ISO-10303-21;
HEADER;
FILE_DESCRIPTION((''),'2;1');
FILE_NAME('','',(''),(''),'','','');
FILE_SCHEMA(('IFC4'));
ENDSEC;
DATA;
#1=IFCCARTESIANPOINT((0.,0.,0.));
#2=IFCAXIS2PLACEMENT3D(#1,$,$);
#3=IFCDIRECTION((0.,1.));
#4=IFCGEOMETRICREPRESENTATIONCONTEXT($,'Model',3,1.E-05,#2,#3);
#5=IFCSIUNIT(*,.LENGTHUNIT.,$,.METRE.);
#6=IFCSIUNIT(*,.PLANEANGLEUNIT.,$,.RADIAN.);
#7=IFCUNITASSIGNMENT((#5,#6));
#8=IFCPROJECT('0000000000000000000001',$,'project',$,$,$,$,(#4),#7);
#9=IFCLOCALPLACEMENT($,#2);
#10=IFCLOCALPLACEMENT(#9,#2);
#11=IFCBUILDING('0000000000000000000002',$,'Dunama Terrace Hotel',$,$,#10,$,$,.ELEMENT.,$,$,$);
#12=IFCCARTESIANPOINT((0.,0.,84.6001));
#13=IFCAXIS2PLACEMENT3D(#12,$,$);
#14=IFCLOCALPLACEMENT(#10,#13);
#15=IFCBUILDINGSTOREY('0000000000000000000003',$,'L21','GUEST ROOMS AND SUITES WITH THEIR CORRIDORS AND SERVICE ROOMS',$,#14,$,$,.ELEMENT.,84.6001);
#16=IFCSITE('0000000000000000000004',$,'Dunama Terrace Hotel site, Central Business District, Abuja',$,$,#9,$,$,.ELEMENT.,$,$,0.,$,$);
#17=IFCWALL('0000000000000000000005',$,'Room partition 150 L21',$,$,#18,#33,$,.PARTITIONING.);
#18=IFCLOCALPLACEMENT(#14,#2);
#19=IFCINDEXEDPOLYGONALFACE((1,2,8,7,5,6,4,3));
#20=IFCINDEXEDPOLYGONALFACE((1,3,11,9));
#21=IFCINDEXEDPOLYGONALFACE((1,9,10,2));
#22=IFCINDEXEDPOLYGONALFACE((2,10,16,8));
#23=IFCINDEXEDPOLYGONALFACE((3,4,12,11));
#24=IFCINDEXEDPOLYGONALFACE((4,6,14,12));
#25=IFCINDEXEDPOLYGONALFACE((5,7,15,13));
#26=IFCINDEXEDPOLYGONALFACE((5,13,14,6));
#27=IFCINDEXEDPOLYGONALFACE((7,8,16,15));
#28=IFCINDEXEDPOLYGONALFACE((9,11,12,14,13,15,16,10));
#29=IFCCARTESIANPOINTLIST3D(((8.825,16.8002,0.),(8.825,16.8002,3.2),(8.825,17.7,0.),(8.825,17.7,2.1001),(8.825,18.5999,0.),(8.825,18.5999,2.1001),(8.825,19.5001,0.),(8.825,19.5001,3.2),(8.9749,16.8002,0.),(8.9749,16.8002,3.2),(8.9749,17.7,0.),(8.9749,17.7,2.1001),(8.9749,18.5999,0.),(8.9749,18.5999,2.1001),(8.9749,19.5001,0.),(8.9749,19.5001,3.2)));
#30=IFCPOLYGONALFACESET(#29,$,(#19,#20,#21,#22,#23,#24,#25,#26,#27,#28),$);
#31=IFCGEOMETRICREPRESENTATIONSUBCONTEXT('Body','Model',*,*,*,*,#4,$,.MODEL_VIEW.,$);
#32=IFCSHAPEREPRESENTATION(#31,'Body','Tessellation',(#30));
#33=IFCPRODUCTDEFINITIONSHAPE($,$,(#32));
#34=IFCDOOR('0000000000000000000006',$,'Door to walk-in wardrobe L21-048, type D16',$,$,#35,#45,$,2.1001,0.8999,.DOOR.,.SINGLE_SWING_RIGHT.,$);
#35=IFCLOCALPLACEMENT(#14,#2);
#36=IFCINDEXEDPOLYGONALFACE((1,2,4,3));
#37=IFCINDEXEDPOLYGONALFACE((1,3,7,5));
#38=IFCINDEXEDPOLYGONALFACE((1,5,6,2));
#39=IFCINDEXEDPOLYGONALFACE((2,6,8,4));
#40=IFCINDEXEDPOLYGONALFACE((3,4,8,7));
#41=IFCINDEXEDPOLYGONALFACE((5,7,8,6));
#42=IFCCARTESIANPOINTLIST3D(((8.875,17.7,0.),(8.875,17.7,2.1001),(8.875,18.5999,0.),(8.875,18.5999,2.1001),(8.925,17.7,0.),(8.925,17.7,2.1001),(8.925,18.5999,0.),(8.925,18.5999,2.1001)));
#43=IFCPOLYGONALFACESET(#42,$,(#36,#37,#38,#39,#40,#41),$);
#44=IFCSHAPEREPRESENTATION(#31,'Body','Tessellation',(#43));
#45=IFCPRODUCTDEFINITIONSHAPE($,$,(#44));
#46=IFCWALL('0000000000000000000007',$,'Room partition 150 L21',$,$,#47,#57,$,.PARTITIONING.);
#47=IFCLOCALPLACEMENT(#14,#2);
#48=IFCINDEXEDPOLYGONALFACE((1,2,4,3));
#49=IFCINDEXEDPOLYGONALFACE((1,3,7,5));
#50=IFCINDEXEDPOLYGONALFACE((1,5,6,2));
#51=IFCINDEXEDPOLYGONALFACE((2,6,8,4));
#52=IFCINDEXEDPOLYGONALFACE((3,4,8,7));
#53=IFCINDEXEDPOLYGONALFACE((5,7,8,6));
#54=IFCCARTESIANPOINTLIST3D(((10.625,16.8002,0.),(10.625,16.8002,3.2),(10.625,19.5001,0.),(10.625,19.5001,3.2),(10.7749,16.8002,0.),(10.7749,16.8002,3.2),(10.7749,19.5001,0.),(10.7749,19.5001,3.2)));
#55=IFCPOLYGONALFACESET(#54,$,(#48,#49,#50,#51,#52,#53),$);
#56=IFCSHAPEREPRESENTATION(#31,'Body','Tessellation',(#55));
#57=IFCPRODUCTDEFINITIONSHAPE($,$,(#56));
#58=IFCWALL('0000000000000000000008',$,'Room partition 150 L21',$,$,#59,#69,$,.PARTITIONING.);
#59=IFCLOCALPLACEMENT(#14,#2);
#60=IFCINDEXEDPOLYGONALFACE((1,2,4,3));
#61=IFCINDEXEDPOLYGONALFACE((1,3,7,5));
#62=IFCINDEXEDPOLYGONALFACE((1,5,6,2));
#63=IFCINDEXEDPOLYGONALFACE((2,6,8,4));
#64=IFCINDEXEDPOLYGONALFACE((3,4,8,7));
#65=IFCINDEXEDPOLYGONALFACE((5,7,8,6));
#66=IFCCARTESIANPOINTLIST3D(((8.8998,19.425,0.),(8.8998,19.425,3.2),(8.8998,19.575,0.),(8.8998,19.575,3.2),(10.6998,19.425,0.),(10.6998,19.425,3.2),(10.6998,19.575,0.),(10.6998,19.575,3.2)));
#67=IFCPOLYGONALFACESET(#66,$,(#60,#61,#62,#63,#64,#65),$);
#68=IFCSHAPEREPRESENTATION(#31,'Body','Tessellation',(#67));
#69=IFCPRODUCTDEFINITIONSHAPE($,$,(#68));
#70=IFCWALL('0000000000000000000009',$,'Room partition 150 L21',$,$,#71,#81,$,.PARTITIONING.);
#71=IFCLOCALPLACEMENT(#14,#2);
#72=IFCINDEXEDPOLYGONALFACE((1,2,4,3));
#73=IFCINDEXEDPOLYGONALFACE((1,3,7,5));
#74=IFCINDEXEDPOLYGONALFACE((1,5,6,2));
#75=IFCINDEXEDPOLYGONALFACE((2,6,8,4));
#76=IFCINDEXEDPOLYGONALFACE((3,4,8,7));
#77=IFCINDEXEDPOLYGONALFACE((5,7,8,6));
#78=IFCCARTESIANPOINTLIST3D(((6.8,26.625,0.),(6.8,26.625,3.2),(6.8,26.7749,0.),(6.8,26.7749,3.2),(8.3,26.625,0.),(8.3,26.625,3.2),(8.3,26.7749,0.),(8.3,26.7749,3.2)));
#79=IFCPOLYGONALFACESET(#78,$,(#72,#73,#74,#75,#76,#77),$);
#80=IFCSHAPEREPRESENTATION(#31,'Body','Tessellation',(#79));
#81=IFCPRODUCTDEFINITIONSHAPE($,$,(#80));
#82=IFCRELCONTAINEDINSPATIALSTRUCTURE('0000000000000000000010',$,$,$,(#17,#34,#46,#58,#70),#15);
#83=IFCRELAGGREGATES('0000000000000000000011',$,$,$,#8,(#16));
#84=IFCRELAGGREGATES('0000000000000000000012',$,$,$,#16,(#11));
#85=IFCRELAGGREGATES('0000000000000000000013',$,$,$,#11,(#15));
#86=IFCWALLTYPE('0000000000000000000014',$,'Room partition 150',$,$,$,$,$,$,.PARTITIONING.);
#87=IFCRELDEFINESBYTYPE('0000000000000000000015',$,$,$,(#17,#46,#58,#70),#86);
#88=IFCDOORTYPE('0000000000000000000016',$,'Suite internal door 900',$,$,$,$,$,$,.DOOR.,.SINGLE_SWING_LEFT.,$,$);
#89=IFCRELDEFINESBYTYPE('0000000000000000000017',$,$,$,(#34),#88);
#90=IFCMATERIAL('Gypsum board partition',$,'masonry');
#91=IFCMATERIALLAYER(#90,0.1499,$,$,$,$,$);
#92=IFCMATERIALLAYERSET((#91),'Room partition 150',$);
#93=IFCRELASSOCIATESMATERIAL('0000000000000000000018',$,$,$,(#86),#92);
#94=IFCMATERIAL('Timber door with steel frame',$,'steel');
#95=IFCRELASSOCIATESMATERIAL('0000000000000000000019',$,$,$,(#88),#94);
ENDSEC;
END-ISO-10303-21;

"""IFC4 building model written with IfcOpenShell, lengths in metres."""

from ifc_helpers import new_model, si_unit, direction, frame, frame_2d, origin, place, context, subcontext, project, spatial, rectangle, extrude, material, layer, layer_set, type_object, element, fill, save


model = new_model("IFC4")

# Units and contexts
model_context = context("Model", 3, precision=1e-05, world=origin(), true_north=direction((0.0, 1.0)))
body_context = subcontext(model_context, "Body", "Model", "MODEL_VIEW")
ifc_project = project(units=[si_unit("LENGTHUNIT", "METRE"), si_unit("PLANEANGLEUNIT", "RADIAN")], contexts=[model_context])

# Site, building, storey
site_placement = place(None, origin())
site = spatial("IfcSite", under=ifc_project, at=site_placement, Name="Dunama Terrace Hotel site, Central Business District, Abuja", CompositionType="ELEMENT", RefElevation=0.0)
building_placement = place(site_placement, origin())
building = spatial("IfcBuilding", under=site, at=building_placement, Name="Dunama Terrace Hotel", CompositionType="ELEMENT")
storey_placement = place(building_placement, frame((0.0, 0.0, 84.6001)))
storey = spatial("IfcBuildingStorey", under=building, at=storey_placement, Name="L21", Description="GUEST ROOMS AND SUITES WITH THEIR CORRIDORS AND SERVICE ROOMS", CompositionType="ELEMENT", Elevation=84.6001)

# Shared definitions
ifc_material_1 = material(Name="Gypsum board partition", Category="masonry")
ifc_layer_1 = layer(ifc_material_1, 0.1499)
ifc_layer_set_1 = layer_set([ifc_layer_1], Name="Room partition 150")
wall_type_1 = type_object("IfcWallType", Name="Room partition 150", PredefinedType="PARTITIONING", material=ifc_layer_set_1)

# Shared definitions
ifc_material_2 = material(Name="Timber door with steel frame", Category="steel")
door_type_1 = type_object("IfcDoorType", Name="Suite internal door 900", OperationType="SINGLE_SWING_LEFT", PredefinedType="DOOR", material=ifc_material_2)

# Wall, opening, door
wall_1_placement = place(storey_placement, frame((8.8999, 16.8, 0.0), z_axis=(0.0, 0.0, 1.0), x_axis=(0.0, 1.0, 0.0)))
wall_1 = element("IfcWall", 1, at=wall_1_placement, inside=storey, type_object=wall_type_1, Name="Room partition 150 L21", PredefinedType="PARTITIONING", context=body_context, shape_type="SweptSolid", body=[
    extrude(rectangle(XDim=2.7, YDim=0.1499, at=frame_2d((1.3501, 0.0))), origin(), (0.0, 0.0, 1.0), 3.2),
])
opening_1_placement = place(wall_1_placement, frame((0.8999, 0.0, 0.0)))
opening_1 = element("IfcOpeningElement", 2, at=opening_1_placement, cuts=wall_1, PredefinedType="OPENING", context=body_context, shape_type="SweptSolid", body=[
    extrude(rectangle(XDim=0.8999, YDim=2.1001, at=frame_2d((0.45, 1.05))), frame((0.0, 0.085, 0.0), z_axis=(0.0, -1.0, 0.0), x_axis=(1.0, 0.0, 0.0)), (0.0, 0.0, 1.0), 0.1699),
])
door_1_placement = place(opening_1_placement, frame((0.8999, 0.0, 0.0), z_axis=(0.0, 0.0, 1.0), x_axis=(-1.0, 0.0, 0.0)))
door_1 = element("IfcDoor", 3, at=door_1_placement, inside=storey, type_object=door_type_1, Name="Door to walk-in wardrobe L21-048, type D16", OperationType="SINGLE_SWING_RIGHT", OverallHeight=2.1001, OverallWidth=0.8999, PredefinedType="DOOR", context=body_context, shape_type="SweptSolid", body=[
    extrude(rectangle(XDim=0.8999, YDim=2.1001, at=frame_2d((0.45, 1.05))), frame((0.0, 0.0251, 0.0), z_axis=(0.0, -1.0, 0.0), x_axis=(1.0, 0.0, 0.0)), (0.0, 0.0, 1.0), 0.05),
])
fill(opening_1, door_1)

# Walls
wall_2_placement = place(storey_placement, frame((10.7, 16.8, 0.0), z_axis=(0.0, 0.0, 1.0), x_axis=(0.0, 1.0, 0.0)))
element("IfcWall", 4, at=wall_2_placement, inside=storey, type_object=wall_type_1, Name="Room partition 150 L21", PredefinedType="PARTITIONING", context=body_context, shape_type="SweptSolid", body=[
    extrude(rectangle(XDim=2.7, YDim=0.1499, at=frame_2d((1.3501, 0.0))), origin(), (0.0, 0.0, 1.0), 3.2),
])
wall_3_placement = place(storey_placement, frame((8.8999, 19.5, 0.0), z_axis=(0.0, 0.0, 1.0), x_axis=(1.0, 0.0, 0.0)))
element("IfcWall", 5, at=wall_3_placement, inside=storey, type_object=wall_type_1, Name="Room partition 150 L21", PredefinedType="PARTITIONING", context=body_context, shape_type="SweptSolid", body=[
    extrude(rectangle(XDim=1.8, YDim=0.1499, at=frame_2d((0.8999, 0.0))), origin(), (0.0, 0.0, 1.0), 3.2),
])
wall_4_placement = place(storey_placement, frame((6.8, 26.7, 0.0), z_axis=(0.0, 0.0, 1.0), x_axis=(1.0, 0.0, 0.0)))
element("IfcWall", 6, at=wall_4_placement, inside=storey, type_object=wall_type_1, Name="Room partition 150 L21", PredefinedType="PARTITIONING", context=body_context, shape_type="SweptSolid", body=[
    extrude(rectangle(XDim=1.5, YDim=0.1499, at=frame_2d((0.75, 0.0))), origin(), (0.0, 0.0, 1.0), 3.2),
])

save(model, "model.ifc")
